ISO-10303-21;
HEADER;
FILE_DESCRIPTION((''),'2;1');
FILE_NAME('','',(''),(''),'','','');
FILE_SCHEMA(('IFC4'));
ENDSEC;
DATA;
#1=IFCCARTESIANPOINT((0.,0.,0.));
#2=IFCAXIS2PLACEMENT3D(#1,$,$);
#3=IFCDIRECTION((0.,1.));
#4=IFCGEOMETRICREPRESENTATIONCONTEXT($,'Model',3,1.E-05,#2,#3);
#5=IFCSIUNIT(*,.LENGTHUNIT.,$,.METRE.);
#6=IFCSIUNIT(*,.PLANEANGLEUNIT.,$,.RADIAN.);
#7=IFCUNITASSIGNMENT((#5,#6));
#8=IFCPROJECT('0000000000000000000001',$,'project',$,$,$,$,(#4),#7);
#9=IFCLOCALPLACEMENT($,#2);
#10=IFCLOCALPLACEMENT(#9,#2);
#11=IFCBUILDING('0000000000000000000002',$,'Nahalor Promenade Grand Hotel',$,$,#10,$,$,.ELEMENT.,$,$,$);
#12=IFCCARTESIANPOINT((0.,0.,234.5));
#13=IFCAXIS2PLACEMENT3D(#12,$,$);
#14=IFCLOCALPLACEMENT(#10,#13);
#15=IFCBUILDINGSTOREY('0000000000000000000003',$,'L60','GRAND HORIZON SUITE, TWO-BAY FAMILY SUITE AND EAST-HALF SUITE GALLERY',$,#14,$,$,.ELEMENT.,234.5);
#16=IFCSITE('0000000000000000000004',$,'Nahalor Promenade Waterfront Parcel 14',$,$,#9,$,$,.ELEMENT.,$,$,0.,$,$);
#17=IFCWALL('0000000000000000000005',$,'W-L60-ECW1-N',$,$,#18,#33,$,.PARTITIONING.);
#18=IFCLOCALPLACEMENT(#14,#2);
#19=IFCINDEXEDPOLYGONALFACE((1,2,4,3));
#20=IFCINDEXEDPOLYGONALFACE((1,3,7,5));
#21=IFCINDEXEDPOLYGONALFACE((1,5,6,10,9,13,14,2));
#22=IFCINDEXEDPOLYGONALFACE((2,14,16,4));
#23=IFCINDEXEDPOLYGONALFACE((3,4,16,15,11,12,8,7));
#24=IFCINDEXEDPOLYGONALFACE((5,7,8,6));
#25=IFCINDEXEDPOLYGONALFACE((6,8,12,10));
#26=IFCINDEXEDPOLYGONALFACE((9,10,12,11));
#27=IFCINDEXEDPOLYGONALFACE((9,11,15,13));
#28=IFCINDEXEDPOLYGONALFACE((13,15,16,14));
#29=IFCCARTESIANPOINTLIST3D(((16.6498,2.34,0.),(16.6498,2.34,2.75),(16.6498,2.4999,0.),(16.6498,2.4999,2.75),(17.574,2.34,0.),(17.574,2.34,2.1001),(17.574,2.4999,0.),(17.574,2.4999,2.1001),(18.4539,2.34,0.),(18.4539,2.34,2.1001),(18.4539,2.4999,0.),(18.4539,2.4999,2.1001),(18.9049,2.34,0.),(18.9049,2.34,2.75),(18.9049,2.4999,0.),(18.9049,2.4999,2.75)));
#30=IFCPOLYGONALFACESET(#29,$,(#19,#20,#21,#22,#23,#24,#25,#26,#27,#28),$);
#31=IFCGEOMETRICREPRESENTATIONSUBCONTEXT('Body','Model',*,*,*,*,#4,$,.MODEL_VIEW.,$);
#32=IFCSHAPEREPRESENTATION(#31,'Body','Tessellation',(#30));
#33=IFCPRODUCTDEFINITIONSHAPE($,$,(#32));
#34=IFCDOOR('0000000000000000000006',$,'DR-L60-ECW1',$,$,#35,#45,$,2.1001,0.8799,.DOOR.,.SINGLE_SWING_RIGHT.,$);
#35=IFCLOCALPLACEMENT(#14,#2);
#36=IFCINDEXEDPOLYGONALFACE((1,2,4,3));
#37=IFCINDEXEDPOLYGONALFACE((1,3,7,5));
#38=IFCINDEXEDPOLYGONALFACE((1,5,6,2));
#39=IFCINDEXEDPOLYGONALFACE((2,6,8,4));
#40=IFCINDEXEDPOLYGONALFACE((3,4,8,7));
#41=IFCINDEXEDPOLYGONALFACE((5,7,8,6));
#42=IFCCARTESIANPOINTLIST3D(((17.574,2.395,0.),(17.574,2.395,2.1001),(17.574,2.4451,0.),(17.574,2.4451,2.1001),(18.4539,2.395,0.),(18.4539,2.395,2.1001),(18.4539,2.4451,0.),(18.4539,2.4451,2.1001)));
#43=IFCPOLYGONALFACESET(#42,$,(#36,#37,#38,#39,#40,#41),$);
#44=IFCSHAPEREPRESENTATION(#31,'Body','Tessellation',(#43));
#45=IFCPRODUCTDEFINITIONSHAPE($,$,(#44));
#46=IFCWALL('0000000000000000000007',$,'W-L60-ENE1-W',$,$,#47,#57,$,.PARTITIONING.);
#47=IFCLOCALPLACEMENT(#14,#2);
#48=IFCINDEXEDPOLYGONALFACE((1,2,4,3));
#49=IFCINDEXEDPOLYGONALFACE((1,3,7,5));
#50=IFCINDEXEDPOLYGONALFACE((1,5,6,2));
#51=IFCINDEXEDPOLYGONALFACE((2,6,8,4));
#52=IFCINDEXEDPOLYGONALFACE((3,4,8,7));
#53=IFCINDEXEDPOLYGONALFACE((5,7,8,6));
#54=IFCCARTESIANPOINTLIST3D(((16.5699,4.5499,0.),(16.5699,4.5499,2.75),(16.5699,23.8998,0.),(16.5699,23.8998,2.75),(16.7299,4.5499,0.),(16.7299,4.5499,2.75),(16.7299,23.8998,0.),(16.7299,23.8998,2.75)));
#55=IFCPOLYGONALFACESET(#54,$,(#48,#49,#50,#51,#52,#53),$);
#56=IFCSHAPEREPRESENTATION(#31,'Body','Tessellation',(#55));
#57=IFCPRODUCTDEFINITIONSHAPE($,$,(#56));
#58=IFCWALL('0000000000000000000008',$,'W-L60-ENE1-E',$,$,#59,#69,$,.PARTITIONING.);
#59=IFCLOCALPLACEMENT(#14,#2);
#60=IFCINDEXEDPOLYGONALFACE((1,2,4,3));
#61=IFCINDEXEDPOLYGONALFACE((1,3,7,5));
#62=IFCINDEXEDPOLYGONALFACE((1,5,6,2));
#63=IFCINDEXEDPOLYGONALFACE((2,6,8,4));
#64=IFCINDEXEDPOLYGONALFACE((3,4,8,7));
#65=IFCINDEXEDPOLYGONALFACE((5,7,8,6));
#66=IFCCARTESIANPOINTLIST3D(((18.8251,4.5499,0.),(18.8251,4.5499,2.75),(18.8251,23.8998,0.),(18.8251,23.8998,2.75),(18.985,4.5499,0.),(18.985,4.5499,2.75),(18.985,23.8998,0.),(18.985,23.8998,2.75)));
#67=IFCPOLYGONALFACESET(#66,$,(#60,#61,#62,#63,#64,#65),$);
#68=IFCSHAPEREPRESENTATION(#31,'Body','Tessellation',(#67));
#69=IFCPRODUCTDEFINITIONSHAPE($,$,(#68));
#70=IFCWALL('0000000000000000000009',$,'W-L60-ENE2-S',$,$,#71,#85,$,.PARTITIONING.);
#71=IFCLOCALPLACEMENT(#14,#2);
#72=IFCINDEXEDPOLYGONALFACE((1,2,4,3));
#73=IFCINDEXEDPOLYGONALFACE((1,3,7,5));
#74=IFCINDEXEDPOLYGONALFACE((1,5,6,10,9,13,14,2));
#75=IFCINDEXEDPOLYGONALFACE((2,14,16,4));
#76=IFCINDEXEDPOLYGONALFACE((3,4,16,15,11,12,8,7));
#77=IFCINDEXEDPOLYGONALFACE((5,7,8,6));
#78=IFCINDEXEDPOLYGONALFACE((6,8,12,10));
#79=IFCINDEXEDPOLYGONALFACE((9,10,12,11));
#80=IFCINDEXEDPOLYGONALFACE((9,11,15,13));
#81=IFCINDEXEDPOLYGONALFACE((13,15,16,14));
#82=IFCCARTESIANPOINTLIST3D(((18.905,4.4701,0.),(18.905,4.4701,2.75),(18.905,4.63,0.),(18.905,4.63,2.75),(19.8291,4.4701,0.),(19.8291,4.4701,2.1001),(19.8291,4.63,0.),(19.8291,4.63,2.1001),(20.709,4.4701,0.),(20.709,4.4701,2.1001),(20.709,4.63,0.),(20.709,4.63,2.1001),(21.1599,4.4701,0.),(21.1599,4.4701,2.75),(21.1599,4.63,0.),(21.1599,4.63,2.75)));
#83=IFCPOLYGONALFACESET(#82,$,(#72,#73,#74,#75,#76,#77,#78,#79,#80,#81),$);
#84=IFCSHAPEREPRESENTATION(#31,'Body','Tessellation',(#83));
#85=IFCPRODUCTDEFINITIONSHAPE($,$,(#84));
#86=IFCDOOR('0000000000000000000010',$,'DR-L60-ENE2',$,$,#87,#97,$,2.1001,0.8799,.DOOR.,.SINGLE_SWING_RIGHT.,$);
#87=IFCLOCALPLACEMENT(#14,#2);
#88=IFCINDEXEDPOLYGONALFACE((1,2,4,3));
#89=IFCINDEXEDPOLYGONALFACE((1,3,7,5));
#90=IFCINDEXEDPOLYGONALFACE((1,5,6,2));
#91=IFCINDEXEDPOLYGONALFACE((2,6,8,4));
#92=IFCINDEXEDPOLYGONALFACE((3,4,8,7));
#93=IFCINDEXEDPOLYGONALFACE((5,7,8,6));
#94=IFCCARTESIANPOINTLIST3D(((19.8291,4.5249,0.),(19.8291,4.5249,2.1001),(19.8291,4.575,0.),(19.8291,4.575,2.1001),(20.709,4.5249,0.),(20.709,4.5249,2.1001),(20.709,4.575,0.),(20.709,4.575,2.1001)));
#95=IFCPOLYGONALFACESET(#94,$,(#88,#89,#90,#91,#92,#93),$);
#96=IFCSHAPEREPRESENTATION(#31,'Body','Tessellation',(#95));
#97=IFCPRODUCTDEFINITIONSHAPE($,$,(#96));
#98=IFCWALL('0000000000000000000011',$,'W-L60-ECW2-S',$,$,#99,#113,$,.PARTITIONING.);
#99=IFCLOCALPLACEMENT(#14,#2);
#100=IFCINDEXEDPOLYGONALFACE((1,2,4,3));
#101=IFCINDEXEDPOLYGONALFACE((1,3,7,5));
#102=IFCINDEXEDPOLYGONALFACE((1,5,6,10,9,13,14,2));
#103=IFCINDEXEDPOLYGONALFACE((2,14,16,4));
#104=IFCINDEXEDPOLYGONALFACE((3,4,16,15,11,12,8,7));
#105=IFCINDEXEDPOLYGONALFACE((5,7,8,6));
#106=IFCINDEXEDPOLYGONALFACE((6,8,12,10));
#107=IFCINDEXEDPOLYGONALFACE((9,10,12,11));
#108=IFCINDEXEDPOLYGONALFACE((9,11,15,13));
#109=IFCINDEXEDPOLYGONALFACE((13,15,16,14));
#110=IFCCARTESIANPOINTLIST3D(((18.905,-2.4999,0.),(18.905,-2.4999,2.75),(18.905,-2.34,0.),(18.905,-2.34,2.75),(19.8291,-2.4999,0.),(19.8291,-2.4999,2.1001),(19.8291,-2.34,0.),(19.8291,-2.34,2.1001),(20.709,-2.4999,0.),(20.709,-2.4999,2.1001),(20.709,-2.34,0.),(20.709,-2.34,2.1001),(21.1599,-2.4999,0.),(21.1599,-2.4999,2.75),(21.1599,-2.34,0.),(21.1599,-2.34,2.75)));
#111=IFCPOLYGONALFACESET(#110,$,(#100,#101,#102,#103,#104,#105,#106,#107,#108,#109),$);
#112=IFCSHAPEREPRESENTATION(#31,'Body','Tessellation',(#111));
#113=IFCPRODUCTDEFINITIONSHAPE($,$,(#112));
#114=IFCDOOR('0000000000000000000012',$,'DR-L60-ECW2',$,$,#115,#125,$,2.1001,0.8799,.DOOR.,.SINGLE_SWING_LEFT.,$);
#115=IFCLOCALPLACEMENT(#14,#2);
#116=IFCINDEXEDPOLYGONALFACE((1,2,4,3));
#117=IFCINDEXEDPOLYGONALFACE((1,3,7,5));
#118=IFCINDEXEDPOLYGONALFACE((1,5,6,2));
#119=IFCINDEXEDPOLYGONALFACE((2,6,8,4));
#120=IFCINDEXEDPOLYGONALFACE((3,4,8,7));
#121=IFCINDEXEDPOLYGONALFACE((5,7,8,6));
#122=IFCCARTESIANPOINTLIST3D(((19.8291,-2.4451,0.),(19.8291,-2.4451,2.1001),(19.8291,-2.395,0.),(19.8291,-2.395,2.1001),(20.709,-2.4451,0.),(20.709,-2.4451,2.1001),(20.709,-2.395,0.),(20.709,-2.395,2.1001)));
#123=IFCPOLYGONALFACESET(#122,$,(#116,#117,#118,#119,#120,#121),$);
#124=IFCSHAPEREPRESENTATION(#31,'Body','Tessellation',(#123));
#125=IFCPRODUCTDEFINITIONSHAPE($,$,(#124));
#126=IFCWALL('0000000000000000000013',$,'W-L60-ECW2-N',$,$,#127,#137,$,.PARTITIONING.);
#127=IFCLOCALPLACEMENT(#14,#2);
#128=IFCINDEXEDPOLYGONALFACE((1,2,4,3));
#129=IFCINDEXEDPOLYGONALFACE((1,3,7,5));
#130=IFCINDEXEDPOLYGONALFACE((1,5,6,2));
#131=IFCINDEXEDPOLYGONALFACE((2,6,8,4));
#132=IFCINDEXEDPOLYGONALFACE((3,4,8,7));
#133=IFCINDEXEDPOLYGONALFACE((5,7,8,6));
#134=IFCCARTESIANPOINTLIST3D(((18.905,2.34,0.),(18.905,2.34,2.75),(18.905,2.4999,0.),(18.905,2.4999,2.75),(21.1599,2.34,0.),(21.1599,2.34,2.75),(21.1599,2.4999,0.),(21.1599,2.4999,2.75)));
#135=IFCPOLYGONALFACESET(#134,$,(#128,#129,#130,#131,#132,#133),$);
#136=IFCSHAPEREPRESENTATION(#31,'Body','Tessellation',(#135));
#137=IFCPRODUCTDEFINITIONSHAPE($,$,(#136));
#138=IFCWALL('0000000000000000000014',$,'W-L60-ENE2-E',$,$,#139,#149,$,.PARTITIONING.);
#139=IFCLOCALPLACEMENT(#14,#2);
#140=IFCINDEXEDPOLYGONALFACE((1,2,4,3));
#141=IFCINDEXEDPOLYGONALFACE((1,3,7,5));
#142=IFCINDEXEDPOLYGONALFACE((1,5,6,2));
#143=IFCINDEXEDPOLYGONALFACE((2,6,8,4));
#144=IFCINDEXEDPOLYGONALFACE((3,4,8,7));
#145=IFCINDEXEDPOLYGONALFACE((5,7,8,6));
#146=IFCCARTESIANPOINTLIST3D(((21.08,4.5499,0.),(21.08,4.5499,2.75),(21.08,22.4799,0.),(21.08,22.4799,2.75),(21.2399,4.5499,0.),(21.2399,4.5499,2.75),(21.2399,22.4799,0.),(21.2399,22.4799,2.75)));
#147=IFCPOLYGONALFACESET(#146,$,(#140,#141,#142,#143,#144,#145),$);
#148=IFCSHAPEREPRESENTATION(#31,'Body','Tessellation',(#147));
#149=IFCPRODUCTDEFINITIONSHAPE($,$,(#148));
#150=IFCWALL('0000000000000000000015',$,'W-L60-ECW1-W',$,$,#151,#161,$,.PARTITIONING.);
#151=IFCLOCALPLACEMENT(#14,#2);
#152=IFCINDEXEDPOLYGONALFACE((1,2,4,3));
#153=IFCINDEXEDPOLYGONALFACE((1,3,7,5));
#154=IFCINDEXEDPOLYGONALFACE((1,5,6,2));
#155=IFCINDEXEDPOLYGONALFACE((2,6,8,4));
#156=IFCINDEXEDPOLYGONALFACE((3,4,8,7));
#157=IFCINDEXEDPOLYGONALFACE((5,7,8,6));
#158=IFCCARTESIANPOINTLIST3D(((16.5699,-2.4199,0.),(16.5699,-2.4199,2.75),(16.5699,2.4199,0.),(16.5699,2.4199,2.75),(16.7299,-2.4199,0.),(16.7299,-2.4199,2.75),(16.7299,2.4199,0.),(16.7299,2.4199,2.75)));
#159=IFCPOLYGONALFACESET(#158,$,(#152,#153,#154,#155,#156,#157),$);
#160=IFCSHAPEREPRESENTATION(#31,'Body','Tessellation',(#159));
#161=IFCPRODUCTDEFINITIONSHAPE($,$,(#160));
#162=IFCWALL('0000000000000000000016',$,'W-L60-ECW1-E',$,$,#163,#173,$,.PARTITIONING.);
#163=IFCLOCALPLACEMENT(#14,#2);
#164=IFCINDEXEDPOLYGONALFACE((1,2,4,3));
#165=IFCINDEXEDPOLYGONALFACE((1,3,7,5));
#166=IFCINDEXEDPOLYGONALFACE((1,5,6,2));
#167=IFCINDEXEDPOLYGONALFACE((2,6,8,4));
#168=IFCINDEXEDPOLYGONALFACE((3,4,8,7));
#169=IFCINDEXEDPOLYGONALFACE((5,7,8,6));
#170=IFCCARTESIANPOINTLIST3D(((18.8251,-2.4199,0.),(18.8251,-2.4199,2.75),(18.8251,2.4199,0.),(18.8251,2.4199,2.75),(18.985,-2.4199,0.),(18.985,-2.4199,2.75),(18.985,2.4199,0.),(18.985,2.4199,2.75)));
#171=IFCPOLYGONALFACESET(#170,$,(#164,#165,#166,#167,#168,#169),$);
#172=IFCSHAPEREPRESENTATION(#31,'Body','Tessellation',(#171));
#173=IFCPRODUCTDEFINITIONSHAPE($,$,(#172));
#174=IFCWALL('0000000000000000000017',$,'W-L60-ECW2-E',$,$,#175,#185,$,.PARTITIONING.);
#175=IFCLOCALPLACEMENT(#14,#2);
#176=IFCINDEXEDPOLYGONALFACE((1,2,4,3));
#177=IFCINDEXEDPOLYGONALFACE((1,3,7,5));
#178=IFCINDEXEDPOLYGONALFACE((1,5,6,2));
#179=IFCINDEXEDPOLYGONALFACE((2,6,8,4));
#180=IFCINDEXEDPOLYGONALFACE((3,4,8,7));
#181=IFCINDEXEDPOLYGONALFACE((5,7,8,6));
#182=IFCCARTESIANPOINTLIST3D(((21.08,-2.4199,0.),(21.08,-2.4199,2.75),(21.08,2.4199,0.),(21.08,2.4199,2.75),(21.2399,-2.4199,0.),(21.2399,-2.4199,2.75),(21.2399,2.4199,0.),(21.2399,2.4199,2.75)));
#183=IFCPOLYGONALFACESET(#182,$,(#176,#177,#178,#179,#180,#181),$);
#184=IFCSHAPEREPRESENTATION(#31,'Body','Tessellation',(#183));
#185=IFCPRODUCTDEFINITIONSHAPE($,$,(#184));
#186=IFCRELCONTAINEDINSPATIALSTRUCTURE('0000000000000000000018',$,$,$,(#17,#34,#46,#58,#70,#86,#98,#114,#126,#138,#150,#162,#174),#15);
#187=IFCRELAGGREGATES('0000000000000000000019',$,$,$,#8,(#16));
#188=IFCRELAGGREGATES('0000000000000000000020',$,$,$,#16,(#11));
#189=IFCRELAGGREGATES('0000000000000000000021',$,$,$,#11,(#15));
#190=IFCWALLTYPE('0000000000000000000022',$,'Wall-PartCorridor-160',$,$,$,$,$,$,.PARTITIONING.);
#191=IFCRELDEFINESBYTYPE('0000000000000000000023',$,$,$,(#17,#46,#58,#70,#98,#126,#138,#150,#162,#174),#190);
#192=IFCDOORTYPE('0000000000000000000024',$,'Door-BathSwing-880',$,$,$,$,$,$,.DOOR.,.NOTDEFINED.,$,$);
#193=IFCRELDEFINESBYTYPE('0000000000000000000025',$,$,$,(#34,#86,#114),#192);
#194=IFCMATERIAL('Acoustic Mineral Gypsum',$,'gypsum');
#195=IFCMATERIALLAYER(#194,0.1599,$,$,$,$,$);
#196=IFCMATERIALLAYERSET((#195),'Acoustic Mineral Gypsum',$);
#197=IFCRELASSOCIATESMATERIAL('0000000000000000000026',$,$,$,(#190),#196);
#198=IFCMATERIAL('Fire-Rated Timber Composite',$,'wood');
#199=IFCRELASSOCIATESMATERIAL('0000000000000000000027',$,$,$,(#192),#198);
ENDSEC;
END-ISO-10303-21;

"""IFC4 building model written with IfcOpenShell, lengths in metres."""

from ifc_helpers import new_model, si_unit, direction, frame, frame_2d, origin, place, context, subcontext, project, spatial, rectangle, extrude, source, transform, mapped, material, layer, layer_set, type_object, element, fill, save


model = new_model("IFC4")

# Units and contexts
model_context = context("Model", 3, precision=1e-05, world=origin(), true_north=direction((0.0, 1.0)))
body_context = subcontext(model_context, "Body", "Model", "MODEL_VIEW")
ifc_project = project(units=[si_unit("LENGTHUNIT", "METRE"), si_unit("PLANEANGLEUNIT", "RADIAN")], contexts=[model_context])

# Site, building, storey
site_placement = place(None, origin())
site = spatial("IfcSite", under=ifc_project, at=site_placement, Name="Nahalor Promenade Waterfront Parcel 14", CompositionType="ELEMENT", RefElevation=0.0)
building_placement = place(site_placement, origin())
building = spatial("IfcBuilding", under=site, at=building_placement, Name="Nahalor Promenade Grand Hotel", CompositionType="ELEMENT")
storey_placement = place(building_placement, frame((0.0, 0.0, 234.5)))
storey = spatial("IfcBuildingStorey", under=building, at=storey_placement, Name="L60", Description="GRAND HORIZON SUITE, TWO-BAY FAMILY SUITE AND EAST-HALF SUITE GALLERY", CompositionType="ELEMENT", Elevation=234.5)

# Wall, opening, door
ifc_material_1 = material(Name="Acoustic Mineral Gypsum", Category="gypsum")
ifc_layer_1 = layer(ifc_material_1, 0.1599)
ifc_layer_set_1 = layer_set([ifc_layer_1], Name="Acoustic Mineral Gypsum")
wall_type = type_object("IfcWallType", Name="Wall-PartCorridor-160", PredefinedType="PARTITIONING", material=ifc_layer_set_1)
shared_shape_1 = source(origin(), body_context, "Body", "SweptSolid", [
    extrude(rectangle(XDim=2.2551, YDim=0.1599, at=frame_2d((1.1274, 0.0))), origin(), (0.0, 0.0, 1.0), 2.75),
])
ifc_material_2 = material(Name="Fire-Rated Timber Composite", Category="wood")
door_type = type_object("IfcDoorType", Name="Door-BathSwing-880", OperationType="NOTDEFINED", PredefinedType="DOOR", material=ifc_material_2)
shared_shape_2 = source(origin(), body_context, "Body", "SweptSolid", [
    extrude(rectangle(XDim=0.8799, YDim=2.1001, at=frame_2d((0.4399, 1.05))), frame((0.0, 0.0249, 0.0), z_axis=(0.0, -1.0, 0.0), x_axis=(1.0, 0.0, 0.0)), (0.0, 0.0, 1.0), 0.05),
])
wall_1_placement = place(storey_placement, frame((16.6499, 2.4199, 0.0), z_axis=(0.0, 0.0, 1.0), x_axis=(1.0, 0.0, 0.0)))
wall_1 = element("IfcWall", 1, at=wall_1_placement, inside=storey, type_object=wall_type, Name="W-L60-ECW1-N", PredefinedType="PARTITIONING", context=body_context, shape_type="MappedRepresentation", body=[
    mapped(shared_shape_1, transform((0.0, 0.0, 0.0), scale=1.0)),
])
opening_1_placement = place(wall_1_placement, frame((0.9241, 0.0, 0.0)))
opening_1 = element("IfcOpeningElement", 2, at=opening_1_placement, cuts=wall_1, PredefinedType="OPENING", context=body_context, shape_type="SweptSolid", body=[
    extrude(rectangle(XDim=0.8799, YDim=2.1001, at=frame_2d((0.4399, 1.05))), frame((0.0, 0.0898, 0.0), z_axis=(0.0, -1.0, 0.0), x_axis=(1.0, 0.0, 0.0)), (0.0, 0.0, 1.0), 0.1799),
])
door_1_placement = place(opening_1_placement, frame((0.8799, 0.0, 0.0), z_axis=(0.0, 0.0, 1.0), x_axis=(-1.0, 0.0, 0.0)))
door_1 = element("IfcDoor", 3, at=door_1_placement, inside=storey, type_object=door_type, Name="DR-L60-ECW1", OperationType="SINGLE_SWING_RIGHT", OverallHeight=2.1001, OverallWidth=0.8799, PredefinedType="DOOR", context=body_context, shape_type="MappedRepresentation", body=[
    mapped(shared_shape_2, transform((0.0, 0.0, 0.0), scale=1.0)),
])
fill(opening_1, door_1)

# Walls
shared_shape_3 = source(origin(), body_context, "Body", "SweptSolid", [
    extrude(rectangle(XDim=19.3499, YDim=0.1599, at=frame_2d((9.6748, 0.0))), origin(), (0.0, 0.0, 1.0), 2.75),
])
for number, where, z_axis, x_axis, name in (
    (4, (16.6499, 4.55, 0.0), (0.0, 0.0, 1.0), (0.0, 1.0, 0.0), "W-L60-ENE1-W"),
    (5, (18.905, 4.55, 0.0), (0.0, 0.0, 1.0), (0.0, 1.0, 0.0), "W-L60-ENE1-E"),
):
    element("IfcWall", number, at=place(storey_placement, frame(where, z_axis=z_axis, x_axis=x_axis)), inside=storey, type_object=wall_type, Name=name, PredefinedType="PARTITIONING", context=body_context, shape_type="MappedRepresentation", body=[
        mapped(shared_shape_3, transform((0.0, 0.0, 0.0), scale=1.0)),
    ])

# Walls, openings, doors
shared_shape_4 = source(origin(), body_context, "Body", "SweptSolid", [
    extrude(rectangle(XDim=2.2549, YDim=0.1599, at=frame_2d((1.1274, 0.0))), origin(), (0.0, 0.0, 1.0), 2.75),
])
wall_2_placement = place(storey_placement, frame((18.905, 4.55, 0.0), z_axis=(0.0, 0.0, 1.0), x_axis=(1.0, 0.0, 0.0)))
wall_2 = element("IfcWall", 6, at=wall_2_placement, inside=storey, type_object=wall_type, Name="W-L60-ENE2-S", PredefinedType="PARTITIONING", context=body_context, shape_type="MappedRepresentation", body=[
    mapped(shared_shape_4, transform((0.0, 0.0, 0.0), scale=1.0)),
])
opening_2_placement = place(wall_2_placement, frame((0.9241, 0.0, 0.0)))
opening_2 = element("IfcOpeningElement", 7, at=opening_2_placement, cuts=wall_2, PredefinedType="OPENING", context=body_context, shape_type="SweptSolid", body=[
    extrude(rectangle(XDim=0.8799, YDim=2.1001, at=frame_2d((0.4399, 1.05))), frame((0.0, 0.0898, 0.0), z_axis=(0.0, -1.0, 0.0), x_axis=(1.0, 0.0, 0.0)), (0.0, 0.0, 1.0), 0.1799),
])
door_2_placement = place(opening_2_placement, origin())
door_2 = element("IfcDoor", 8, at=door_2_placement, inside=storey, type_object=door_type, Name="DR-L60-ENE2", OperationType="SINGLE_SWING_RIGHT", OverallHeight=2.1001, OverallWidth=0.8799, PredefinedType="DOOR", context=body_context, shape_type="MappedRepresentation", body=[
    mapped(shared_shape_2, transform((0.0, 0.0, 0.0), scale=1.0)),
])
fill(opening_2, door_2)
wall_3_placement = place(storey_placement, frame((18.905, -2.4199, 0.0), z_axis=(0.0, 0.0, 1.0), x_axis=(1.0, 0.0, 0.0)))
wall_3 = element("IfcWall", 9, at=wall_3_placement, inside=storey, type_object=wall_type, Name="W-L60-ECW2-S", PredefinedType="PARTITIONING", context=body_context, shape_type="MappedRepresentation", body=[
    mapped(shared_shape_4, transform((0.0, 0.0, 0.0), scale=1.0)),
])
opening_3_placement = place(wall_3_placement, frame((0.9241, 0.0, 0.0)))
opening_3 = element("IfcOpeningElement", 10, at=opening_3_placement, cuts=wall_3, PredefinedType="OPENING", context=body_context, shape_type="SweptSolid", body=[
    extrude(rectangle(XDim=0.8799, YDim=2.1001, at=frame_2d((0.4399, 1.05))), frame((0.0, 0.0898, 0.0), z_axis=(0.0, -1.0, 0.0), x_axis=(1.0, 0.0, 0.0)), (0.0, 0.0, 1.0), 0.1799),
])
door_3_placement = place(opening_3_placement, origin())
door_3 = element("IfcDoor", 11, at=door_3_placement, inside=storey, type_object=door_type, Name="DR-L60-ECW2", OperationType="SINGLE_SWING_LEFT", OverallHeight=2.1001, OverallWidth=0.8799, PredefinedType="DOOR", context=body_context, shape_type="MappedRepresentation", body=[
    mapped(shared_shape_2, transform((0.0, 0.0, 0.0), scale=1.0)),
])
fill(opening_3, door_3)

# Walls
wall_4_placement = place(storey_placement, frame((18.905, 2.4199, 0.0), z_axis=(0.0, 0.0, 1.0), x_axis=(1.0, 0.0, 0.0)))
element("IfcWall", 12, at=wall_4_placement, inside=storey, type_object=wall_type, Name="W-L60-ECW2-N", PredefinedType="PARTITIONING", context=body_context, shape_type="MappedRepresentation", body=[
    mapped(shared_shape_4, transform((0.0, 0.0, 0.0), scale=1.0)),
])
shared_shape_5 = source(origin(), body_context, "Body", "SweptSolid", [
    extrude(rectangle(XDim=17.9299, YDim=0.1599, at=frame_2d((8.9648, 0.0))), origin(), (0.0, 0.0, 1.0), 2.75),
])
wall_5_placement = place(storey_placement, frame((21.1599, 4.55, 0.0), z_axis=(0.0, 0.0, 1.0), x_axis=(0.0, 1.0, 0.0)))
element("IfcWall", 13, at=wall_5_placement, inside=storey, type_object=wall_type, Name="W-L60-ENE2-E", PredefinedType="PARTITIONING", context=body_context, shape_type="MappedRepresentation", body=[
    mapped(shared_shape_5, transform((0.0, 0.0, 0.0), scale=1.0)),
])
shared_shape_6 = source(origin(), body_context, "Body", "SweptSolid", [
    extrude(rectangle(XDim=4.8398, YDim=0.1599, at=frame_2d((2.4199, 0.0))), origin(), (0.0, 0.0, 1.0), 2.75),
])
for number, where, z_axis, x_axis, name in (
    (14, (16.6499, -2.4199, 0.0), (0.0, 0.0, 1.0), (0.0, 1.0, 0.0), "W-L60-ECW1-W"),
    (15, (18.905, -2.4199, 0.0), (0.0, 0.0, 1.0), (0.0, 1.0, 0.0), "W-L60-ECW1-E"),
    (16, (21.1599, -2.4199, 0.0), (0.0, 0.0, 1.0), (0.0, 1.0, 0.0), "W-L60-ECW2-E"),
):
    element("IfcWall", number, at=place(storey_placement, frame(where, z_axis=z_axis, x_axis=x_axis)), inside=storey, type_object=wall_type, Name=name, PredefinedType="PARTITIONING", context=body_context, shape_type="MappedRepresentation", body=[
        mapped(shared_shape_6, transform((0.0, 0.0, 0.0), scale=1.0)),
    ])

save(model, "model.ifc")
